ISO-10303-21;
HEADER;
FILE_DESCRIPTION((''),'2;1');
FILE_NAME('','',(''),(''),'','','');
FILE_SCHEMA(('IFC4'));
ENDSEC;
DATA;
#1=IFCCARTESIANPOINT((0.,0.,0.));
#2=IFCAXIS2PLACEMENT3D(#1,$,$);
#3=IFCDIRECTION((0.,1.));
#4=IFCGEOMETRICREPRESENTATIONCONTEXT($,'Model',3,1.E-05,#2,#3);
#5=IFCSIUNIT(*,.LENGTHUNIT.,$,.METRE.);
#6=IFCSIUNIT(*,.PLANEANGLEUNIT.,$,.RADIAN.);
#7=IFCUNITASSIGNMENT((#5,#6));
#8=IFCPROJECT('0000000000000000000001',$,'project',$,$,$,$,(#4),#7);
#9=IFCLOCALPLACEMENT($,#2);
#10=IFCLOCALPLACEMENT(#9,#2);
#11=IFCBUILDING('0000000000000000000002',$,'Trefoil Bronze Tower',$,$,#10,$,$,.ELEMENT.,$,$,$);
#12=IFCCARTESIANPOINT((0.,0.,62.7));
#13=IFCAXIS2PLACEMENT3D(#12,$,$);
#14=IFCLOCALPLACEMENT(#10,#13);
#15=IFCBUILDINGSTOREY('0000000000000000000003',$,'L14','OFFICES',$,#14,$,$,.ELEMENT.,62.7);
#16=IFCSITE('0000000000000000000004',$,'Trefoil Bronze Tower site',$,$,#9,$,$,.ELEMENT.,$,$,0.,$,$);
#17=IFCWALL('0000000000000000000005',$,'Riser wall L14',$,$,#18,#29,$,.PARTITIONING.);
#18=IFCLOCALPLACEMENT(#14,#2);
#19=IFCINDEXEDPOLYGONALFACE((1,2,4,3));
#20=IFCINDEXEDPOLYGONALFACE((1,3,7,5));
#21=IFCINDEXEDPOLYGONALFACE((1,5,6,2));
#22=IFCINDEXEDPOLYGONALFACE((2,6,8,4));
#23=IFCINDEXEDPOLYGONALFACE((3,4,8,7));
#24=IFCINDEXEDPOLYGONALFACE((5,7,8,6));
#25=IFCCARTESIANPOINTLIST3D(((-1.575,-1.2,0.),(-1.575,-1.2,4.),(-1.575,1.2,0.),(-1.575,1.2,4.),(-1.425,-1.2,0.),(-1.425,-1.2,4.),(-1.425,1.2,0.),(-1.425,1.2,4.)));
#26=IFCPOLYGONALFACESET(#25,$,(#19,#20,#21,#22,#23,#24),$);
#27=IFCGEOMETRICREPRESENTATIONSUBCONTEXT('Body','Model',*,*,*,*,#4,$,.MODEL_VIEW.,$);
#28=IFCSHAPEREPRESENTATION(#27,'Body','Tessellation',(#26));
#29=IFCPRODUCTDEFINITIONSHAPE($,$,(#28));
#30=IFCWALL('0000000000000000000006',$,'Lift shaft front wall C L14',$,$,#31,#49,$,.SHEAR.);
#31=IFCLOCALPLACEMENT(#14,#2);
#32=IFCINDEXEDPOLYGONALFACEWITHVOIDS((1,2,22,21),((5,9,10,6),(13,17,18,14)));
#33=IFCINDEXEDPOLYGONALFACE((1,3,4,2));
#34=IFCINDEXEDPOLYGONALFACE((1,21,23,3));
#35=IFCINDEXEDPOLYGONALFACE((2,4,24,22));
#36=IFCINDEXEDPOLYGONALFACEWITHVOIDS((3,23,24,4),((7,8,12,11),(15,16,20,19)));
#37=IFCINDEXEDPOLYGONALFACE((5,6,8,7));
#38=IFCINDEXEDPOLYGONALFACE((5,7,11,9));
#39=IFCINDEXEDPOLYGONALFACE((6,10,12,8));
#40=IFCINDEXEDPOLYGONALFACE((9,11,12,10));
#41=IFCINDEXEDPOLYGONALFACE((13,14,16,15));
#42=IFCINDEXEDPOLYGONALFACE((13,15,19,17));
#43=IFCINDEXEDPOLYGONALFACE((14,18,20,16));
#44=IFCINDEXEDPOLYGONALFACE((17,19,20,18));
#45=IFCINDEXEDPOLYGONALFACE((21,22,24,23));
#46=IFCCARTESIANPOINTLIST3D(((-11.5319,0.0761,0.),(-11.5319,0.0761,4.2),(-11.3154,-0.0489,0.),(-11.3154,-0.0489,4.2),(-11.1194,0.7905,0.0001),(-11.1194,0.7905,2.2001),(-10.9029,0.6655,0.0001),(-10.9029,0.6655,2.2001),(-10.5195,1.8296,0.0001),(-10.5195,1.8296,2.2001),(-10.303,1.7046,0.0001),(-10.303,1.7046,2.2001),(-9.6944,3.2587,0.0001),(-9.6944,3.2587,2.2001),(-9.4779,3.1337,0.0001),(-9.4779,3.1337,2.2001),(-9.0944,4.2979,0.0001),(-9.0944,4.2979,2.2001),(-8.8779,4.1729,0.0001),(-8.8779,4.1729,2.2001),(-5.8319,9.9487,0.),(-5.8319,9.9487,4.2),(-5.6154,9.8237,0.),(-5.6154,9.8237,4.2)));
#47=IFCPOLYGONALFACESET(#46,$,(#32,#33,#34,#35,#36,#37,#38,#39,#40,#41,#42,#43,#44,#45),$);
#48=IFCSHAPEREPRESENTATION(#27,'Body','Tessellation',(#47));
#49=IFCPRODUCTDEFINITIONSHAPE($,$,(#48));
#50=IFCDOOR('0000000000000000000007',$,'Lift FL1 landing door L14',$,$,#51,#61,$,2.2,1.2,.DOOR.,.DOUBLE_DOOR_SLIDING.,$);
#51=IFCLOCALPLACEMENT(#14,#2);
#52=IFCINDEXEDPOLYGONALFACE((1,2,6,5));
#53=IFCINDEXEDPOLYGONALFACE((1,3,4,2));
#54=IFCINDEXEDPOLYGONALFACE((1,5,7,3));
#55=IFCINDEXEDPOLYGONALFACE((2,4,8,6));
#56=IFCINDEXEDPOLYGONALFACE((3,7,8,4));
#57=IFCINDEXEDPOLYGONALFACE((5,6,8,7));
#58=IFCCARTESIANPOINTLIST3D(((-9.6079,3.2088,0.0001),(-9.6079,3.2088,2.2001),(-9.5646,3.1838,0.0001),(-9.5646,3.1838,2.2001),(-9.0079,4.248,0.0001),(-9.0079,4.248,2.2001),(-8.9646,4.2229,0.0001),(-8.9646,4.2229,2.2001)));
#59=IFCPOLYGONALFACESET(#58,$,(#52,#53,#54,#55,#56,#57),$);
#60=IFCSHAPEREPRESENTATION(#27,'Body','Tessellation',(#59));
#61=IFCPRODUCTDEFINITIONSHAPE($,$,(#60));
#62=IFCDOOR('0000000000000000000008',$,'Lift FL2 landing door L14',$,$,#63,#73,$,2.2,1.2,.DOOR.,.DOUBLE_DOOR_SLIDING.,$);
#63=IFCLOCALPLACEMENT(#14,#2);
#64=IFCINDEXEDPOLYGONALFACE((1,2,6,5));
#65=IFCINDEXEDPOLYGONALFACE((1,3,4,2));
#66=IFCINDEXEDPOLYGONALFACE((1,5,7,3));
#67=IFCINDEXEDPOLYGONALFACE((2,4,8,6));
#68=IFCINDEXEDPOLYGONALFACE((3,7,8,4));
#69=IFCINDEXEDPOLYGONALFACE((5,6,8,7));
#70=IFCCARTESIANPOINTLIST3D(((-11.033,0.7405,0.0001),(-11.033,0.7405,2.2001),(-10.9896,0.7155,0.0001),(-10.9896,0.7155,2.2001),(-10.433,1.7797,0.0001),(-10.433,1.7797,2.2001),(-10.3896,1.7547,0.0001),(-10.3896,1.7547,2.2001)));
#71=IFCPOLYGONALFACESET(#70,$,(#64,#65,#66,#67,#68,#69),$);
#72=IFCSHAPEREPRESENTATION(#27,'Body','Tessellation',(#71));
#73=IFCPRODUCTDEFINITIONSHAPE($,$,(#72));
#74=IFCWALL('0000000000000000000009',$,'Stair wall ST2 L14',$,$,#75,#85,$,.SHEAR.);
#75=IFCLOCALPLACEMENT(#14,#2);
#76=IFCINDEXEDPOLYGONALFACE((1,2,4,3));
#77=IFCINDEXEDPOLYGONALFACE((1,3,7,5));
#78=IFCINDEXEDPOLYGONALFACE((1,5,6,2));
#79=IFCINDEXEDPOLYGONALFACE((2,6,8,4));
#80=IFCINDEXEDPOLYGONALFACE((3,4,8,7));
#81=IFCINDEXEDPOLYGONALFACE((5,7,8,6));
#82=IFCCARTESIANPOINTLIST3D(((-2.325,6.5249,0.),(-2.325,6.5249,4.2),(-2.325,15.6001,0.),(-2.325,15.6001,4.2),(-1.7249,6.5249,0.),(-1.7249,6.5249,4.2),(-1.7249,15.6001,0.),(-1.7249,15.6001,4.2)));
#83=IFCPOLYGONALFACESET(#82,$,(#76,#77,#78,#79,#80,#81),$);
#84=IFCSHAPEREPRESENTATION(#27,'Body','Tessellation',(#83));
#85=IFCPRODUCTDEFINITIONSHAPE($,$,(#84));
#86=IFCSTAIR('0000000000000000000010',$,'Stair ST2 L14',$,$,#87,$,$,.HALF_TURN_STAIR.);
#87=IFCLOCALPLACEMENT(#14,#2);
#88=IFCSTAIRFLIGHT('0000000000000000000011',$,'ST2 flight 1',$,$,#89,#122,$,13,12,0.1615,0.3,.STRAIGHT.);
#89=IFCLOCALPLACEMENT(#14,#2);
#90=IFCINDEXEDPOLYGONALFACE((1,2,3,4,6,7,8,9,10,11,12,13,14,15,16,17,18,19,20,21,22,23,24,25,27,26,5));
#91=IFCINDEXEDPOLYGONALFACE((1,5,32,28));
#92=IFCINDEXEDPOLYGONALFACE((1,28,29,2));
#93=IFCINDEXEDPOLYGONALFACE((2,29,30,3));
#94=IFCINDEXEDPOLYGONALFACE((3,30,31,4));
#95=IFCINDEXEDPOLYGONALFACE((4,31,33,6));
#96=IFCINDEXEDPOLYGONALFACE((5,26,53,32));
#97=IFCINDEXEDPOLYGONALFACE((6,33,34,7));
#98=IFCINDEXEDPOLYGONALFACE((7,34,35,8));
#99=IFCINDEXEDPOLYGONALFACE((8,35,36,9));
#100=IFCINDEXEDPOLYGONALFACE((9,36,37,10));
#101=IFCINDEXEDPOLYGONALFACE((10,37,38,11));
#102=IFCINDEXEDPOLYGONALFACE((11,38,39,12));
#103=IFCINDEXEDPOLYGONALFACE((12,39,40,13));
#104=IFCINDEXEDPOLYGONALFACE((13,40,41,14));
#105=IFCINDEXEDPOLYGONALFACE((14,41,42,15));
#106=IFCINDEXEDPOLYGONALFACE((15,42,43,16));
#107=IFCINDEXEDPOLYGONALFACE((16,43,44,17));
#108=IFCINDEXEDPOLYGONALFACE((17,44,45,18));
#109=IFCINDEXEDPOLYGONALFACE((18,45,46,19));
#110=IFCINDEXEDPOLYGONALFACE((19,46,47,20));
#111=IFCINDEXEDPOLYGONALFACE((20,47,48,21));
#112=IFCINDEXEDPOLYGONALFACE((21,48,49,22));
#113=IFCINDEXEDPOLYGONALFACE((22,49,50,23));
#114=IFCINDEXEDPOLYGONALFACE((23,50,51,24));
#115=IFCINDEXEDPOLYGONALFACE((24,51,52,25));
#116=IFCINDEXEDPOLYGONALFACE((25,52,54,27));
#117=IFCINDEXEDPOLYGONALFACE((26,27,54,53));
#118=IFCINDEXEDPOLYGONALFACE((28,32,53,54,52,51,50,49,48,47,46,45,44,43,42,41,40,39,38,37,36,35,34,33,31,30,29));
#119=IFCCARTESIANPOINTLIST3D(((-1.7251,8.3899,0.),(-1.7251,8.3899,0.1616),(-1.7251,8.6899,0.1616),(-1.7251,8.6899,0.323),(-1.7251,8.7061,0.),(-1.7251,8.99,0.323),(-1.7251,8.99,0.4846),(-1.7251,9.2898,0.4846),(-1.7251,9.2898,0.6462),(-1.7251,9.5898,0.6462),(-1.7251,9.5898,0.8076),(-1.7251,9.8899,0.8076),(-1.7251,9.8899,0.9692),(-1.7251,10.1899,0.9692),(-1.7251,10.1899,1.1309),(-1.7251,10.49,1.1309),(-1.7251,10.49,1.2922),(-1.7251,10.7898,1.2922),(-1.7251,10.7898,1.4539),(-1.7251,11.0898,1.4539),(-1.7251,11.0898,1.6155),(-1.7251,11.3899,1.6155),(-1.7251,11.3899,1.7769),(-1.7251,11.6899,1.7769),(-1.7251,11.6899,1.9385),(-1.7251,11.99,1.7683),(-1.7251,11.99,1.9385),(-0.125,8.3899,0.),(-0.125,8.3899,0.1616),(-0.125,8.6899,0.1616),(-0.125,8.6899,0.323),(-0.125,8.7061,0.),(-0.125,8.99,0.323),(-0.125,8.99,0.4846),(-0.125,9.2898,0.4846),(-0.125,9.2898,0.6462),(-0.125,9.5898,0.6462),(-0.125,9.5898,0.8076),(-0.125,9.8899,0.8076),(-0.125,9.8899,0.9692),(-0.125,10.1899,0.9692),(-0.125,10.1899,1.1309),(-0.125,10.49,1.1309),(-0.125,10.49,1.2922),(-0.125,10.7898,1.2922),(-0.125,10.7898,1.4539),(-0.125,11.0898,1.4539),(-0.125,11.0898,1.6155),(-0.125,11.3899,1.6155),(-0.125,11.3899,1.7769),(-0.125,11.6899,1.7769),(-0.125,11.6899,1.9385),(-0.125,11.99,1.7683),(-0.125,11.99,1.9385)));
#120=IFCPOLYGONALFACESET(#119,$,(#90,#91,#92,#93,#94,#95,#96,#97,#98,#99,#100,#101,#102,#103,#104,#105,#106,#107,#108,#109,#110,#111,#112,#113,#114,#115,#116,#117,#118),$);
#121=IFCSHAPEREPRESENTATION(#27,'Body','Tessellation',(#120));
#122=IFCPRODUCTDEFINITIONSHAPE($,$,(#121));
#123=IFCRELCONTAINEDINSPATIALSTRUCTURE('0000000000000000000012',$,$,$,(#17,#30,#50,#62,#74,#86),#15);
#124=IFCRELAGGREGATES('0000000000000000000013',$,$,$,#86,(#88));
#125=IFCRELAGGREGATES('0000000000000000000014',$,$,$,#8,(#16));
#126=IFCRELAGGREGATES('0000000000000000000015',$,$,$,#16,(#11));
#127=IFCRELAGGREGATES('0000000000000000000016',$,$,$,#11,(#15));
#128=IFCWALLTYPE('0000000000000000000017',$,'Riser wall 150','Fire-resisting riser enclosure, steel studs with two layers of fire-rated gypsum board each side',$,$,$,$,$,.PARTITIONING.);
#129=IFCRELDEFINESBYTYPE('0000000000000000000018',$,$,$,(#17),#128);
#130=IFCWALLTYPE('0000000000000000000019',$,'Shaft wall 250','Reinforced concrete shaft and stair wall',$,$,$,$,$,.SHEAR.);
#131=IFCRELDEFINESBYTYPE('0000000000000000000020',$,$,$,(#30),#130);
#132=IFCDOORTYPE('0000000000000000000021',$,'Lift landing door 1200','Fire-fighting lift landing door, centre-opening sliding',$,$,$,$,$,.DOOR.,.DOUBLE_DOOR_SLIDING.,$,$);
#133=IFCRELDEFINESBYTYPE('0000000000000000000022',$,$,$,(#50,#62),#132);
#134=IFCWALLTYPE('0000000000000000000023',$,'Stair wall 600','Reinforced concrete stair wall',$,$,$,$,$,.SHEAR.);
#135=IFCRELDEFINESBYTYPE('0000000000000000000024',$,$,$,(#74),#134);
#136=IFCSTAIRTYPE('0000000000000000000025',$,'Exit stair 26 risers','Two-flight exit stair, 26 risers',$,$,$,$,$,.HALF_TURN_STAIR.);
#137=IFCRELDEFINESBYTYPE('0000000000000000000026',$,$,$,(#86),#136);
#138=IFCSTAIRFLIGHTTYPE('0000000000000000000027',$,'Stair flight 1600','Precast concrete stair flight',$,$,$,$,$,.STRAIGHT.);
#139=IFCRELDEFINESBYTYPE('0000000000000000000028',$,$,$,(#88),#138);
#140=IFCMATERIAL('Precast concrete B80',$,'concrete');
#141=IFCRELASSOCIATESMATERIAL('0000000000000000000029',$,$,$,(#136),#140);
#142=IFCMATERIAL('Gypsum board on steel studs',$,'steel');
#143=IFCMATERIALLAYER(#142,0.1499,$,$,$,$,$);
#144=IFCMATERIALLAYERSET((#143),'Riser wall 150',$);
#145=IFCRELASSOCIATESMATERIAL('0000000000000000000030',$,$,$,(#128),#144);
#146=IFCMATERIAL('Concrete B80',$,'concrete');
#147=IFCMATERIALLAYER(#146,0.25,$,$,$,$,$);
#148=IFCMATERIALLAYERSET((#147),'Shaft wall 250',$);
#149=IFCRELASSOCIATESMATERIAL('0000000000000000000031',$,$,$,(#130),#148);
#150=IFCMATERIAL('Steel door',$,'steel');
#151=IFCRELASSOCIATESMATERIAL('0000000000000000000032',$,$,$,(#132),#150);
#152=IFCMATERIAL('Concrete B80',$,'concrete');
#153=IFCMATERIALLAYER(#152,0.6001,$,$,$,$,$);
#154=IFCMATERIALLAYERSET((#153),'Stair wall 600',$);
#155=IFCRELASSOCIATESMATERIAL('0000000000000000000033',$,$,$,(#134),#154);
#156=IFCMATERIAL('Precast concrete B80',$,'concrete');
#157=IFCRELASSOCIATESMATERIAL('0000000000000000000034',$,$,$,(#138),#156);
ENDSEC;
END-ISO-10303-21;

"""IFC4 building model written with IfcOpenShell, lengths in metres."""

from ifc_helpers import new_model, si_unit, direction, frame, frame_2d, origin, place, context, subcontext, project, spatial, polyline, rectangle, outline, extrude, material, layer, layer_set, type_object, element, fill, aggregate, save


model = new_model("IFC4")

# Units and contexts
model_context = context("Model", 3, precision=1e-05, world=origin(), true_north=direction((0.0, 1.0)))
body_context = subcontext(model_context, "Body", "Model", "MODEL_VIEW")
ifc_project = project(units=[si_unit("LENGTHUNIT", "METRE"), si_unit("PLANEANGLEUNIT", "RADIAN")], contexts=[model_context])

# Site, building, storey
site_placement = place(None, origin())
site = spatial("IfcSite", under=ifc_project, at=site_placement, Name="Trefoil Bronze Tower site", CompositionType="ELEMENT", RefElevation=0.0)
building_placement = place(site_placement, origin())
building = spatial("IfcBuilding", under=site, at=building_placement, Name="Trefoil Bronze Tower", CompositionType="ELEMENT")
storey_placement = place(building_placement, frame((0.0, 0.0, 62.7)))
storey = spatial("IfcBuildingStorey", under=building, at=storey_placement, Name="L14", Description="OFFICES", CompositionType="ELEMENT", Elevation=62.7)

# Shared definitions
ifc_material_1 = material(Name="Precast concrete B80", Category="concrete")
stair_type = type_object("IfcStairType", Name="Exit stair 26 risers", Description="Two-flight exit stair, 26 risers", PredefinedType="HALF_TURN_STAIR", material=ifc_material_1)

# Wall
ifc_material_2 = material(Name="Gypsum board on steel studs", Category="steel")
ifc_layer_1 = layer(ifc_material_2, 0.1499)
ifc_layer_set_1 = layer_set([ifc_layer_1], Name="Riser wall 150")
wall_type_1 = type_object("IfcWallType", Name="Riser wall 150", Description="Fire-resisting riser enclosure, steel studs with two layers of fire-rated gypsum board each side", PredefinedType="PARTITIONING", material=ifc_layer_set_1)
wall_1_placement = place(storey_placement, frame((-1.5, 1.2, 0.0), z_axis=(0.0, 0.0, 1.0), x_axis=(0.0, -1.0, 0.0)))
element("IfcWall", 1, at=wall_1_placement, inside=storey, type_object=wall_type_1, Name="Riser wall L14", PredefinedType="PARTITIONING", context=body_context, shape_type="SweptSolid", body=[
    extrude(rectangle(XDim=2.3999, YDim=0.1499, at=frame_2d((1.2, 0.0))), origin(), (0.0, 0.0, 1.0), 4.0),
])

# Wall, openings, doors
ifc_material_3 = material(Name="Concrete B80", Category="concrete")
ifc_layer_2 = layer(ifc_material_3, 0.25)
ifc_layer_set_2 = layer_set([ifc_layer_2], Name="Shaft wall 250")
wall_type_2 = type_object("IfcWallType", Name="Shaft wall 250", Description="Reinforced concrete shaft and stair wall", PredefinedType="SHEAR", material=ifc_layer_set_2)
wall_2_placement = place(storey_placement, frame((-5.7236, 9.8862, 0.0), z_axis=(0.0, 0.0, 1.0), x_axis=(-0.500002, -0.866024, 0.0)))
wall_2 = element("IfcWall", 2, at=wall_2_placement, inside=storey, type_object=wall_type_2, Name="Lift shaft front wall C L14", PredefinedType="SHEAR", context=body_context, shape_type="SweptSolid", body=[
    extrude(rectangle(XDim=11.3999, YDim=0.25, at=frame_2d((5.7, 0.0))), origin(), (0.0, 0.0, 1.0), 4.2),
])
opening_1_placement = place(wall_2_placement, frame((6.5249, 0.0, 0.0)))
opening_1 = element("IfcOpeningElement", 3, at=opening_1_placement, cuts=wall_2, PredefinedType="OPENING", context=body_context, shape_type="SweptSolid", body=[
    extrude(rectangle(XDim=1.2, YDim=2.2, at=frame_2d((0.6001, 1.1001))), frame((0.0, 0.135, 0.0), z_axis=(0.0, -1.0, 0.0), x_axis=(1.0, 0.0, 0.0)), (0.0, 0.0, 1.0), 0.27),
])
opening_2_placement = place(wall_2_placement, frame((9.375, 0.0, 0.0)))
opening_2 = element("IfcOpeningElement", 4, at=opening_2_placement, cuts=wall_2, PredefinedType="OPENING", context=body_context, shape_type="SweptSolid", body=[
    extrude(rectangle(XDim=1.2, YDim=2.2, at=frame_2d((0.6001, 1.1001))), frame((0.0, 0.135, 0.0), z_axis=(0.0, -1.0, 0.0), x_axis=(1.0, 0.0, 0.0)), (0.0, 0.0, 1.0), 0.27),
])
ifc_material_4 = material(Name="Steel door", Category="steel")
door_type_1 = type_object("IfcDoorType", Name="Lift landing door 1200", Description="Fire-fighting lift landing door, centre-opening sliding", OperationType="DOUBLE_DOOR_SLIDING", PredefinedType="DOOR", material=ifc_material_4)
door_1_placement = place(opening_1_placement, origin())
door_1 = element("IfcDoor", 5, at=door_1_placement, inside=storey, type_object=door_type_1, Name="Lift FL1 landing door L14", OperationType="DOUBLE_DOOR_SLIDING", OverallHeight=2.2, OverallWidth=1.2, PredefinedType="DOOR", context=body_context, shape_type="SweptSolid", body=[
    extrude(rectangle(XDim=1.2, YDim=2.2, at=frame_2d((0.6001, 1.1001))), frame((0.0, 0.0249, 0.0), z_axis=(0.0, -1.0, 0.0), x_axis=(1.0, 0.0, 0.0)), (0.0, 0.0, 1.0), 0.05),
])
fill(opening_1, door_1)
door_2_placement = place(opening_2_placement, origin())
door_2 = element("IfcDoor", 6, at=door_2_placement, inside=storey, type_object=door_type_1, Name="Lift FL2 landing door L14", OperationType="DOUBLE_DOOR_SLIDING", OverallHeight=2.2, OverallWidth=1.2, PredefinedType="DOOR", context=body_context, shape_type="SweptSolid", body=[
    extrude(rectangle(XDim=1.2, YDim=2.2, at=frame_2d((0.6001, 1.1001))), frame((0.0, 0.0249, 0.0), z_axis=(0.0, -1.0, 0.0), x_axis=(1.0, 0.0, 0.0)), (0.0, 0.0, 1.0), 0.05),
])
fill(opening_2, door_2)

# Wall
ifc_material_5 = material(Name="Concrete B80", Category="concrete")
ifc_layer_3 = layer(ifc_material_5, 0.6001)
ifc_layer_set_3 = layer_set([ifc_layer_3], Name="Stair wall 600")
wall_type_3 = type_object("IfcWallType", Name="Stair wall 600", Description="Reinforced concrete stair wall", PredefinedType="SHEAR", material=ifc_layer_set_3)
wall_3_placement = place(storey_placement, frame((-2.0249, 6.5249, 0.0), z_axis=(0.0, 0.0, 1.0), x_axis=(0.0, 1.0, 0.0)))
element("IfcWall", 7, at=wall_3_placement, inside=storey, type_object=wall_type_3, Name="Stair wall ST2 L14", PredefinedType="SHEAR", context=body_context, shape_type="SweptSolid", body=[
    extrude(rectangle(XDim=9.0752, YDim=0.6001, at=frame_2d((4.5376, 0.0))), origin(), (0.0, 0.0, 1.0), 4.2),
])

# Stair, stair flight
stair_1_placement = place(storey_placement, origin())
stair_1 = element("IfcStair", 8, at=stair_1_placement, inside=storey, type_object=stair_type, Name="Stair ST2 L14", PredefinedType="HALF_TURN_STAIR")
ifc_material_6 = material(Name="Precast concrete B80", Category="concrete")
stair_flight_type = type_object("IfcStairFlightType", Name="Stair flight 1600", Description="Precast concrete stair flight", PredefinedType="STRAIGHT", material=ifc_material_6)
stair_flight_placement = place(storey_placement, frame((-0.925, 8.3899, 0.0), z_axis=(0.0, 0.0, 1.0), x_axis=(0.0, 1.0, 0.0)))
stair_flight = element("IfcStairFlight", 9, at=stair_flight_placement, type_object=stair_flight_type, Name="ST2 flight 1", NumberOfRisers=13, NumberOfTreads=12, PredefinedType="STRAIGHT", RiserHeight=0.1615, TreadLength=0.3, context=body_context, shape_type="SweptSolid", body=[
    extrude(outline(polyline([(0.0, 0.0), (0.0, 0.1616), (0.3, 0.1616), (0.3, 0.323), (0.6001, 0.323), (0.6001, 0.4846), (0.8999, 0.4846), (0.8999, 0.6462), (1.2, 0.6462), (1.2, 0.8076), (1.5, 0.8076), (1.5, 0.9692), (1.8, 0.9692), (1.8, 1.1309), (2.1001, 1.1309), (2.1001, 1.2922), (2.3999, 1.2922), (2.3999, 1.4539), (2.7, 1.4539), (2.7, 1.6155), (3.0, 1.6155), (3.0, 1.7769), (3.3, 1.7769), (3.3, 1.9385), (3.6001, 1.9385), (3.6001, 2.1001), (3.6001, 1.7683), (0.3162, 0.0), (0.0, 0.0)])), frame((0.0, 0.8, 0.0), z_axis=(0.0, -1.0, 0.0), x_axis=(1.0, 0.0, 0.0)), (0.0, 0.0, 1.0), 1.6001),
])
aggregate(stair_1, [stair_flight])

save(model, "model.ifc")
